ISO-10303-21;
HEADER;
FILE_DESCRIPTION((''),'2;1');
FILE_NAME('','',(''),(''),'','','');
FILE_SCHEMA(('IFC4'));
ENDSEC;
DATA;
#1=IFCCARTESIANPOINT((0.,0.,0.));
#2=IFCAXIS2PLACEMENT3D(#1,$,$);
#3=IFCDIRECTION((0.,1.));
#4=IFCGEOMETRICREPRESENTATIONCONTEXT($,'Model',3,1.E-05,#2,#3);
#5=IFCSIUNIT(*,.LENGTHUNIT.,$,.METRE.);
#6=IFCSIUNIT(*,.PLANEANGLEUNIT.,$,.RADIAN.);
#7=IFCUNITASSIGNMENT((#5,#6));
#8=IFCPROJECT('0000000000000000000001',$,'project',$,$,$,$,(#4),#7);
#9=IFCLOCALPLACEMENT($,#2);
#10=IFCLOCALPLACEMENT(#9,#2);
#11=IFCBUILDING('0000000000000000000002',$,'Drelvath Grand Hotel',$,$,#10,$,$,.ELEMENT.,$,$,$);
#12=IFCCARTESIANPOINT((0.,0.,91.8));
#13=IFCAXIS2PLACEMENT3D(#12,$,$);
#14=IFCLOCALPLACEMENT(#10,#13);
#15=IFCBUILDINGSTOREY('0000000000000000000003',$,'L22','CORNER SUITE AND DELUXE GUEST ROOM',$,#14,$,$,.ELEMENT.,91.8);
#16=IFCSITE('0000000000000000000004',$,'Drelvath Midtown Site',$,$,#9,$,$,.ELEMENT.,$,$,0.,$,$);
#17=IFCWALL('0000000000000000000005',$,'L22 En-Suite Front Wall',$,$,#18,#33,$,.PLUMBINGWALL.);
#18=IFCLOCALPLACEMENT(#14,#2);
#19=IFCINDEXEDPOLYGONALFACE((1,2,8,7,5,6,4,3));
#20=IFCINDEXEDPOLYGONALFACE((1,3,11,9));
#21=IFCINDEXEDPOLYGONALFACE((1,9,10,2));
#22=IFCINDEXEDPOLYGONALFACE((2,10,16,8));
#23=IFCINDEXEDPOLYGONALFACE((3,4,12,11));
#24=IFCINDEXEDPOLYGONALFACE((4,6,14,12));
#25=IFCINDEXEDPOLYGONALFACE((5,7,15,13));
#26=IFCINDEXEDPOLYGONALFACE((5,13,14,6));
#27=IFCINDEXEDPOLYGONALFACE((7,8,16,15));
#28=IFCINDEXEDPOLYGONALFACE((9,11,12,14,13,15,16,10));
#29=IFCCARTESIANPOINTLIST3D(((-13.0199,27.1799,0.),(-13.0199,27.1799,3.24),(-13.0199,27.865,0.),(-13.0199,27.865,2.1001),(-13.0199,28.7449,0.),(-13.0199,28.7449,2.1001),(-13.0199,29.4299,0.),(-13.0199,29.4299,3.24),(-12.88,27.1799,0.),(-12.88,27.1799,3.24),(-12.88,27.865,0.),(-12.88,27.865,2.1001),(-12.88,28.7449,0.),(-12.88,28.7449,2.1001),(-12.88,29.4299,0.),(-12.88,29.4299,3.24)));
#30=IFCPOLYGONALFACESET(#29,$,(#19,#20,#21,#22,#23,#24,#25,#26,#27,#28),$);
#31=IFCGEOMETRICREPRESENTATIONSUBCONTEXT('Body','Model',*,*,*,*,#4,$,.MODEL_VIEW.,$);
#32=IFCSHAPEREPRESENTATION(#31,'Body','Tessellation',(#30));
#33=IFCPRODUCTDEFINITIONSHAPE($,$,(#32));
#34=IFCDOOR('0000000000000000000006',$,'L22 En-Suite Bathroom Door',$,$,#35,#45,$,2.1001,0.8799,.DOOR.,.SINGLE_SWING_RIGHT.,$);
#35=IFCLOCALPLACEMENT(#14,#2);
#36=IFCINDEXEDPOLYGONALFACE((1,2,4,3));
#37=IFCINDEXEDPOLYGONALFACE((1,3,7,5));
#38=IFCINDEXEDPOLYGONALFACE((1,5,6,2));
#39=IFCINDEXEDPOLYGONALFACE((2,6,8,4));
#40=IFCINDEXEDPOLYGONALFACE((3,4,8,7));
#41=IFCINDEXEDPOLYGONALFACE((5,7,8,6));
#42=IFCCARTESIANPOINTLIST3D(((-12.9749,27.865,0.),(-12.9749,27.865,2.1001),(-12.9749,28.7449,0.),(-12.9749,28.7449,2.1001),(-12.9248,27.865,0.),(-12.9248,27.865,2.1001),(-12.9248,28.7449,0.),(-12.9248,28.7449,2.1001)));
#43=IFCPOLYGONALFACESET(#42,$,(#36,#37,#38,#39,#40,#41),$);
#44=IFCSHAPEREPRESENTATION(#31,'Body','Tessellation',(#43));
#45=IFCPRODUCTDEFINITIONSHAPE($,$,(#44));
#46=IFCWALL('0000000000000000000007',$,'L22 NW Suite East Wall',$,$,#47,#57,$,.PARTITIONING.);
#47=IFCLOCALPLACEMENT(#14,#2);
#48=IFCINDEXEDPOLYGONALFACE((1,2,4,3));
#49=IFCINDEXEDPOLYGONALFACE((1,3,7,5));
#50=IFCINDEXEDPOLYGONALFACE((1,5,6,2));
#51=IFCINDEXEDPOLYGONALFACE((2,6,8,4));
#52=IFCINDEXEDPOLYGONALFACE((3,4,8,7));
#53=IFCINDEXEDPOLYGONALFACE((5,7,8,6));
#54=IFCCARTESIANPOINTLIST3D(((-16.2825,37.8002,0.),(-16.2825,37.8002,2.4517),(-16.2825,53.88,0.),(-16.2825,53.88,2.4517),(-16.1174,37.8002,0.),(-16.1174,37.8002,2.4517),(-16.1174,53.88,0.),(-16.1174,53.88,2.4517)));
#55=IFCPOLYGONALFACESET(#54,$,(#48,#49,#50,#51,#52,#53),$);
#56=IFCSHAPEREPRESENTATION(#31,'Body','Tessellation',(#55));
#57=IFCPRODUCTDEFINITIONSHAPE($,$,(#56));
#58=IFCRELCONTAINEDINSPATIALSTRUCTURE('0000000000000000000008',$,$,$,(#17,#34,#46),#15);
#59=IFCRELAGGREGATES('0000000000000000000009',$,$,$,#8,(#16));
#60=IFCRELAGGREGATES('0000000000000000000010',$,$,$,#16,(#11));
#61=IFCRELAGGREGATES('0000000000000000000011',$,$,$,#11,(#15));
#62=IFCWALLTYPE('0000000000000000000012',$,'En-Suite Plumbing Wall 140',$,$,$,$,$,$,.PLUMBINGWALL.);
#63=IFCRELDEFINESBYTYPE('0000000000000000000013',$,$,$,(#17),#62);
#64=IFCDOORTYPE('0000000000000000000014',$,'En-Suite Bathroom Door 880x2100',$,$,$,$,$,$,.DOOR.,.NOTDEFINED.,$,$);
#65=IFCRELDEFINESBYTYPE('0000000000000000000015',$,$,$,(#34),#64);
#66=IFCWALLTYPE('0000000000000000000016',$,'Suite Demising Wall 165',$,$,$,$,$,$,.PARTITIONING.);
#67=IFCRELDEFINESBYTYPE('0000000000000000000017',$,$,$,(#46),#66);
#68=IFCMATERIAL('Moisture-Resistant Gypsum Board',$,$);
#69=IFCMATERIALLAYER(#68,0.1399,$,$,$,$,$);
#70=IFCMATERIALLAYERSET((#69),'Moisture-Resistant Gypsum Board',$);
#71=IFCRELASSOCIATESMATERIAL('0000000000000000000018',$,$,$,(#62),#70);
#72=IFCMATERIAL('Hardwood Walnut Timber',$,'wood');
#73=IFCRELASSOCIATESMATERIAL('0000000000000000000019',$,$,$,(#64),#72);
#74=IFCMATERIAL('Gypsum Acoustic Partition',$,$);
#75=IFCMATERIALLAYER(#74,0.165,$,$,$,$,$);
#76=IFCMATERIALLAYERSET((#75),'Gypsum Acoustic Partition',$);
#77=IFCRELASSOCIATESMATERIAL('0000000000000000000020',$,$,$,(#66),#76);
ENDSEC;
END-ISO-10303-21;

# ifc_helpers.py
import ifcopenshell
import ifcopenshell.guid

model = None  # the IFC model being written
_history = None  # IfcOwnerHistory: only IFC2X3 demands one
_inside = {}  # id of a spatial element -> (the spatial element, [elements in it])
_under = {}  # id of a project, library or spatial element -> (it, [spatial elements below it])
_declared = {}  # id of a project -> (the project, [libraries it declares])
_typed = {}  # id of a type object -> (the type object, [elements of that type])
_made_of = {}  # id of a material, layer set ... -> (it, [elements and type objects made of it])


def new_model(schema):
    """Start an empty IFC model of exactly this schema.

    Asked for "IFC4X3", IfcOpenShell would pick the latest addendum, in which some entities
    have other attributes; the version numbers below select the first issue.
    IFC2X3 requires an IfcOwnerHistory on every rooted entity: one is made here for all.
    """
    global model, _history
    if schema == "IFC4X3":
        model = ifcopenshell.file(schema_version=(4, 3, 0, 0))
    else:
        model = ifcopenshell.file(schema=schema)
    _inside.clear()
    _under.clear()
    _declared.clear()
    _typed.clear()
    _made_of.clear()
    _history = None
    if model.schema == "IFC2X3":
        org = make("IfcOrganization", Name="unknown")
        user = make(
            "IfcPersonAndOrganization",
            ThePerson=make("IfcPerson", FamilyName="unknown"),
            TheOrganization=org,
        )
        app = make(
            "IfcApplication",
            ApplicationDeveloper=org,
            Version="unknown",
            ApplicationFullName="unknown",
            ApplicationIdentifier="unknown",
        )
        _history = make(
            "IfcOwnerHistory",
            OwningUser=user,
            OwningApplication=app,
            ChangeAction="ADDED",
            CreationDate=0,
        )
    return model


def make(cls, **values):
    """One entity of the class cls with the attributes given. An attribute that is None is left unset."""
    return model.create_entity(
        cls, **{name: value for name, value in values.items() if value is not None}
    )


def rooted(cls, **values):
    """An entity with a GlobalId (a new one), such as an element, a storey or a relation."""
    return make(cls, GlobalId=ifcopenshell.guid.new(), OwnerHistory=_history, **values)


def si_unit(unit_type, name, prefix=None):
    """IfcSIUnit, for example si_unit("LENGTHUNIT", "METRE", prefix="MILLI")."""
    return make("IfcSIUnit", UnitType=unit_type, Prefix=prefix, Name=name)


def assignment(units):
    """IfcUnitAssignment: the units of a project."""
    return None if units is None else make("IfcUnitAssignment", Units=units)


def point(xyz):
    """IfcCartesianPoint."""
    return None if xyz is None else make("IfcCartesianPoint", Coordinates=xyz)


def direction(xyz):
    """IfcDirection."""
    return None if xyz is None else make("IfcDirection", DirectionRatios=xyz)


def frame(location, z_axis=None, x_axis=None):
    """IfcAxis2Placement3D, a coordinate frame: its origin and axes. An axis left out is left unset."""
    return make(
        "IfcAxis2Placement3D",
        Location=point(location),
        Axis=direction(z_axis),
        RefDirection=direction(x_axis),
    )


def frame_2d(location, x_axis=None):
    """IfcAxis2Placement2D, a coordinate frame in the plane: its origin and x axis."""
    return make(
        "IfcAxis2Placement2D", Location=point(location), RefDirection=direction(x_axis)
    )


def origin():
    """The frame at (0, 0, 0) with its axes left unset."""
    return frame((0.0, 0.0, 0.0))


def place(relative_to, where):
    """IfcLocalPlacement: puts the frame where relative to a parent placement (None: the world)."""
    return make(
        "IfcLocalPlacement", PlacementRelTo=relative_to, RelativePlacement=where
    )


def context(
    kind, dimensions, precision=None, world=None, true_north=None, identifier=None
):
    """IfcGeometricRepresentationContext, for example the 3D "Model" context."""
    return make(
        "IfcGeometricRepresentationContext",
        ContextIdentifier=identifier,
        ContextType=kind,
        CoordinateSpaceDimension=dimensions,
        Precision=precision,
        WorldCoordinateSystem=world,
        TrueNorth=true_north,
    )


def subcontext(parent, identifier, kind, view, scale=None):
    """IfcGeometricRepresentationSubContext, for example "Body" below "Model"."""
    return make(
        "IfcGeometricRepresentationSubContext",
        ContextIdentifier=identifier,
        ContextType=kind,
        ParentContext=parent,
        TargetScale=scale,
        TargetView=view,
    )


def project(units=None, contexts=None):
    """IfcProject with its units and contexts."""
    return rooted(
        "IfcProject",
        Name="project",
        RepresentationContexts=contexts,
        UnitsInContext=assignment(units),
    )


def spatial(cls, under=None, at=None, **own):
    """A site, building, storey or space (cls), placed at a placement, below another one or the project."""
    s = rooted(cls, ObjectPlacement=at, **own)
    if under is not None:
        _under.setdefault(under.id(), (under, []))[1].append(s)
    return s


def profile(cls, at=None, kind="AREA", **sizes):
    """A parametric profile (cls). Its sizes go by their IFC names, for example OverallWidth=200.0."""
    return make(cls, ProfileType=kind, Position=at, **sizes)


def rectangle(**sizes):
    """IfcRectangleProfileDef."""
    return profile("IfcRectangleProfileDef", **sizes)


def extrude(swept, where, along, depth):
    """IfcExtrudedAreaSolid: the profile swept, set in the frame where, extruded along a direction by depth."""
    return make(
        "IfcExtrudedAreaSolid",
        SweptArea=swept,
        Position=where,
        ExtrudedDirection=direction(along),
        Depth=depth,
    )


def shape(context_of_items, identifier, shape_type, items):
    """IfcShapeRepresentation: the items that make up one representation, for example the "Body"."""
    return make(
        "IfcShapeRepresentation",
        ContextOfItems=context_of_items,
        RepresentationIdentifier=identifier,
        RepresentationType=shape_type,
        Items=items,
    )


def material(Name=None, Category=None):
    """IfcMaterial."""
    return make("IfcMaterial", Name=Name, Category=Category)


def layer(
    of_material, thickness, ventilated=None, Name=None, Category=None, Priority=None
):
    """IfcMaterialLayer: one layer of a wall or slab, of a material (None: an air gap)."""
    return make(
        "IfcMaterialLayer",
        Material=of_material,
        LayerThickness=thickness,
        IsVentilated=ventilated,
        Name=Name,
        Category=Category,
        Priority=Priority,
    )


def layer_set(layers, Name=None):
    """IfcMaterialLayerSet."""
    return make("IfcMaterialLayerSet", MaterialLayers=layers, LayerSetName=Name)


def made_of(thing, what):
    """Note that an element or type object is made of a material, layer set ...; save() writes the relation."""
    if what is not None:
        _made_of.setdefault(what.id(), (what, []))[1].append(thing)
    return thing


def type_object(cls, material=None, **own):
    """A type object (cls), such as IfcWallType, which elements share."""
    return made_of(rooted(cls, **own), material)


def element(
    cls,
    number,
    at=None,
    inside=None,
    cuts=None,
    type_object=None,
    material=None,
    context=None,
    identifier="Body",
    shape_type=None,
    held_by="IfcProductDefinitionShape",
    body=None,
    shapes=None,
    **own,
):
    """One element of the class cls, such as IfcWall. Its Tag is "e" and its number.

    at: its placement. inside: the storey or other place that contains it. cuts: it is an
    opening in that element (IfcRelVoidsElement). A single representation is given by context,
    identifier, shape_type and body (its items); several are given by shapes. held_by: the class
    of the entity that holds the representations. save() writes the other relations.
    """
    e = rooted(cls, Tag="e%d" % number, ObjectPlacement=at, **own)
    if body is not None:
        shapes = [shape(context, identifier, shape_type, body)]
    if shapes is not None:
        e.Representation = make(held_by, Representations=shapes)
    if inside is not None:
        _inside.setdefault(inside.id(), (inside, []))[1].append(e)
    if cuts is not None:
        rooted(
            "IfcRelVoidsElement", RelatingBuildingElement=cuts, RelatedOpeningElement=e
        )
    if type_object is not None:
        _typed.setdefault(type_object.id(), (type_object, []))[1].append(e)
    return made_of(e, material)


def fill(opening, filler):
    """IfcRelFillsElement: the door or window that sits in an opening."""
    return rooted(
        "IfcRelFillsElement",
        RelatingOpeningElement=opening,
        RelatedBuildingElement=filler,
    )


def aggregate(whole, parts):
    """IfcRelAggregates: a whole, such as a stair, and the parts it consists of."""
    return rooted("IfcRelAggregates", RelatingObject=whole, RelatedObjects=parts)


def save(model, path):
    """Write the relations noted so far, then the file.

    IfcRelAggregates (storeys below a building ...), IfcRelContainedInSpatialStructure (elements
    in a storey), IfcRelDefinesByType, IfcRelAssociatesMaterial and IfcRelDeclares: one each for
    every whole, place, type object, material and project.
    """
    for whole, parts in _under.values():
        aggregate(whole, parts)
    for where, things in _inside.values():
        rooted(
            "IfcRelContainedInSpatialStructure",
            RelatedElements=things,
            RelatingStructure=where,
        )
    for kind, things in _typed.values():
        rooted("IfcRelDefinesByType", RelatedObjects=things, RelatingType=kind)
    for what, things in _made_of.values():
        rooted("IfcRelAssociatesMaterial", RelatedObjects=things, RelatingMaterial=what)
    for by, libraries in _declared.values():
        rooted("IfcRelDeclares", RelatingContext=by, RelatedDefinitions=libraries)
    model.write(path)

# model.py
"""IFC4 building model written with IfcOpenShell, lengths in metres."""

from ifc_helpers import new_model, si_unit, direction, frame, frame_2d, origin, place, context, subcontext, project, spatial, rectangle, extrude, material, layer, layer_set, type_object, element, fill, save


model = new_model("IFC4")

# Units and contexts
model_context = context("Model", 3, precision=1e-05, world=origin(), true_north=direction((0.0, 1.0)))
body_context = subcontext(model_context, "Body", "Model", "MODEL_VIEW")
ifc_project = project(units=[si_unit("LENGTHUNIT", "METRE"), si_unit("PLANEANGLEUNIT", "RADIAN")], contexts=[model_context])

# Site, building, storey
site_placement = place(None, origin())
site = spatial("IfcSite", under=ifc_project, at=site_placement, Name="Drelvath Midtown Site", CompositionType="ELEMENT", RefElevation=0.0)
building_placement = place(site_placement, origin())
building = spatial("IfcBuilding", under=site, at=building_placement, Name="Drelvath Grand Hotel", CompositionType="ELEMENT")
storey_placement = place(building_placement, frame((0.0, 0.0, 91.8)))
storey = spatial("IfcBuildingStorey", under=building, at=storey_placement, Name="L22", Description="CORNER SUITE AND DELUXE GUEST ROOM", CompositionType="ELEMENT", Elevation=91.8)

# Shared definitions
ifc_material_1 = material(Name="Hardwood Walnut Timber", Category="wood")

# Shared definitions
ifc_material_2 = material(Name="Moisture-Resistant Gypsum Board")
ifc_layer_1 = layer(ifc_material_2, 0.1399)
ifc_layer_set_1 = layer_set([ifc_layer_1], Name="Moisture-Resistant Gypsum Board")
wall_type_1 = type_object("IfcWallType", Name="En-Suite Plumbing Wall 140", PredefinedType="PLUMBINGWALL", material=ifc_layer_set_1)

# Wall, opening, door
wall_1_placement = place(storey_placement, frame((-12.95, 27.1799, 0.0), z_axis=(0.0, 0.0, 1.0), x_axis=(0.0, 1.0, 0.0)))
wall_1 = element("IfcWall", 1, at=wall_1_placement, inside=storey, type_object=wall_type_1, Name="L22 En-Suite Front Wall", PredefinedType="PLUMBINGWALL", context=body_context, shape_type="SweptSolid", body=[
    extrude(rectangle(XDim=2.25, YDim=0.1399, at=frame_2d((1.125, 0.0))), origin(), (0.0, 0.0, 1.0), 3.24),
])
opening_1_placement = place(wall_1_placement, frame((0.6851, 0.0, 0.0)))
opening_1 = element("IfcOpeningElement", 2, at=opening_1_placement, cuts=wall_1, PredefinedType="OPENING", context=body_context, shape_type="SweptSolid", body=[
    extrude(rectangle(XDim=0.8799, YDim=2.1001, at=frame_2d((0.4399, 1.05))), frame((0.0, 0.0798, 0.0), z_axis=(0.0, -1.0, 0.0), x_axis=(1.0, 0.0, 0.0)), (0.0, 0.0, 1.0), 0.1599),
])
door_type_1 = type_object("IfcDoorType", Name="En-Suite Bathroom Door 880x2100", OperationType="NOTDEFINED", PredefinedType="DOOR", material=ifc_material_1)
door_1_placement = place(opening_1_placement, origin())
door_1 = element("IfcDoor", 3, at=door_1_placement, inside=storey, type_object=door_type_1, Name="L22 En-Suite Bathroom Door", OperationType="SINGLE_SWING_RIGHT", OverallHeight=2.1001, OverallWidth=0.8799, PredefinedType="DOOR", context=body_context, shape_type="SweptSolid", body=[
    extrude(rectangle(XDim=0.8799, YDim=2.1001, at=frame_2d((0.4399, 1.05))), frame((0.0, 0.0249, 0.0), z_axis=(0.0, -1.0, 0.0), x_axis=(1.0, 0.0, 0.0)), (0.0, 0.0, 1.0), 0.05),
])
fill(opening_1, door_1)

# Wall
ifc_material_3 = material(Name="Gypsum Acoustic Partition")
ifc_layer_2 = layer(ifc_material_3, 0.165)
ifc_layer_set_2 = layer_set([ifc_layer_2], Name="Gypsum Acoustic Partition")
wall_type_2 = type_object("IfcWallType", Name="Suite Demising Wall 165", PredefinedType="PARTITIONING", material=ifc_layer_set_2)
wall_2_placement = place(storey_placement, frame((-16.2, 37.8, 0.0), z_axis=(0.0, 0.0, 1.0), x_axis=(0.0, 1.0, 0.0)))
element("IfcWall", 4, at=wall_2_placement, inside=storey, type_object=wall_type_2, Name="L22 NW Suite East Wall", PredefinedType="PARTITIONING", context=body_context, shape_type="SweptSolid", body=[
    extrude(rectangle(XDim=16.0798, YDim=0.165, at=frame_2d((8.04, 0.0))), origin(), (0.0, 0.0, 1.0), 2.4517),
])

save(model, "model.ifc")
